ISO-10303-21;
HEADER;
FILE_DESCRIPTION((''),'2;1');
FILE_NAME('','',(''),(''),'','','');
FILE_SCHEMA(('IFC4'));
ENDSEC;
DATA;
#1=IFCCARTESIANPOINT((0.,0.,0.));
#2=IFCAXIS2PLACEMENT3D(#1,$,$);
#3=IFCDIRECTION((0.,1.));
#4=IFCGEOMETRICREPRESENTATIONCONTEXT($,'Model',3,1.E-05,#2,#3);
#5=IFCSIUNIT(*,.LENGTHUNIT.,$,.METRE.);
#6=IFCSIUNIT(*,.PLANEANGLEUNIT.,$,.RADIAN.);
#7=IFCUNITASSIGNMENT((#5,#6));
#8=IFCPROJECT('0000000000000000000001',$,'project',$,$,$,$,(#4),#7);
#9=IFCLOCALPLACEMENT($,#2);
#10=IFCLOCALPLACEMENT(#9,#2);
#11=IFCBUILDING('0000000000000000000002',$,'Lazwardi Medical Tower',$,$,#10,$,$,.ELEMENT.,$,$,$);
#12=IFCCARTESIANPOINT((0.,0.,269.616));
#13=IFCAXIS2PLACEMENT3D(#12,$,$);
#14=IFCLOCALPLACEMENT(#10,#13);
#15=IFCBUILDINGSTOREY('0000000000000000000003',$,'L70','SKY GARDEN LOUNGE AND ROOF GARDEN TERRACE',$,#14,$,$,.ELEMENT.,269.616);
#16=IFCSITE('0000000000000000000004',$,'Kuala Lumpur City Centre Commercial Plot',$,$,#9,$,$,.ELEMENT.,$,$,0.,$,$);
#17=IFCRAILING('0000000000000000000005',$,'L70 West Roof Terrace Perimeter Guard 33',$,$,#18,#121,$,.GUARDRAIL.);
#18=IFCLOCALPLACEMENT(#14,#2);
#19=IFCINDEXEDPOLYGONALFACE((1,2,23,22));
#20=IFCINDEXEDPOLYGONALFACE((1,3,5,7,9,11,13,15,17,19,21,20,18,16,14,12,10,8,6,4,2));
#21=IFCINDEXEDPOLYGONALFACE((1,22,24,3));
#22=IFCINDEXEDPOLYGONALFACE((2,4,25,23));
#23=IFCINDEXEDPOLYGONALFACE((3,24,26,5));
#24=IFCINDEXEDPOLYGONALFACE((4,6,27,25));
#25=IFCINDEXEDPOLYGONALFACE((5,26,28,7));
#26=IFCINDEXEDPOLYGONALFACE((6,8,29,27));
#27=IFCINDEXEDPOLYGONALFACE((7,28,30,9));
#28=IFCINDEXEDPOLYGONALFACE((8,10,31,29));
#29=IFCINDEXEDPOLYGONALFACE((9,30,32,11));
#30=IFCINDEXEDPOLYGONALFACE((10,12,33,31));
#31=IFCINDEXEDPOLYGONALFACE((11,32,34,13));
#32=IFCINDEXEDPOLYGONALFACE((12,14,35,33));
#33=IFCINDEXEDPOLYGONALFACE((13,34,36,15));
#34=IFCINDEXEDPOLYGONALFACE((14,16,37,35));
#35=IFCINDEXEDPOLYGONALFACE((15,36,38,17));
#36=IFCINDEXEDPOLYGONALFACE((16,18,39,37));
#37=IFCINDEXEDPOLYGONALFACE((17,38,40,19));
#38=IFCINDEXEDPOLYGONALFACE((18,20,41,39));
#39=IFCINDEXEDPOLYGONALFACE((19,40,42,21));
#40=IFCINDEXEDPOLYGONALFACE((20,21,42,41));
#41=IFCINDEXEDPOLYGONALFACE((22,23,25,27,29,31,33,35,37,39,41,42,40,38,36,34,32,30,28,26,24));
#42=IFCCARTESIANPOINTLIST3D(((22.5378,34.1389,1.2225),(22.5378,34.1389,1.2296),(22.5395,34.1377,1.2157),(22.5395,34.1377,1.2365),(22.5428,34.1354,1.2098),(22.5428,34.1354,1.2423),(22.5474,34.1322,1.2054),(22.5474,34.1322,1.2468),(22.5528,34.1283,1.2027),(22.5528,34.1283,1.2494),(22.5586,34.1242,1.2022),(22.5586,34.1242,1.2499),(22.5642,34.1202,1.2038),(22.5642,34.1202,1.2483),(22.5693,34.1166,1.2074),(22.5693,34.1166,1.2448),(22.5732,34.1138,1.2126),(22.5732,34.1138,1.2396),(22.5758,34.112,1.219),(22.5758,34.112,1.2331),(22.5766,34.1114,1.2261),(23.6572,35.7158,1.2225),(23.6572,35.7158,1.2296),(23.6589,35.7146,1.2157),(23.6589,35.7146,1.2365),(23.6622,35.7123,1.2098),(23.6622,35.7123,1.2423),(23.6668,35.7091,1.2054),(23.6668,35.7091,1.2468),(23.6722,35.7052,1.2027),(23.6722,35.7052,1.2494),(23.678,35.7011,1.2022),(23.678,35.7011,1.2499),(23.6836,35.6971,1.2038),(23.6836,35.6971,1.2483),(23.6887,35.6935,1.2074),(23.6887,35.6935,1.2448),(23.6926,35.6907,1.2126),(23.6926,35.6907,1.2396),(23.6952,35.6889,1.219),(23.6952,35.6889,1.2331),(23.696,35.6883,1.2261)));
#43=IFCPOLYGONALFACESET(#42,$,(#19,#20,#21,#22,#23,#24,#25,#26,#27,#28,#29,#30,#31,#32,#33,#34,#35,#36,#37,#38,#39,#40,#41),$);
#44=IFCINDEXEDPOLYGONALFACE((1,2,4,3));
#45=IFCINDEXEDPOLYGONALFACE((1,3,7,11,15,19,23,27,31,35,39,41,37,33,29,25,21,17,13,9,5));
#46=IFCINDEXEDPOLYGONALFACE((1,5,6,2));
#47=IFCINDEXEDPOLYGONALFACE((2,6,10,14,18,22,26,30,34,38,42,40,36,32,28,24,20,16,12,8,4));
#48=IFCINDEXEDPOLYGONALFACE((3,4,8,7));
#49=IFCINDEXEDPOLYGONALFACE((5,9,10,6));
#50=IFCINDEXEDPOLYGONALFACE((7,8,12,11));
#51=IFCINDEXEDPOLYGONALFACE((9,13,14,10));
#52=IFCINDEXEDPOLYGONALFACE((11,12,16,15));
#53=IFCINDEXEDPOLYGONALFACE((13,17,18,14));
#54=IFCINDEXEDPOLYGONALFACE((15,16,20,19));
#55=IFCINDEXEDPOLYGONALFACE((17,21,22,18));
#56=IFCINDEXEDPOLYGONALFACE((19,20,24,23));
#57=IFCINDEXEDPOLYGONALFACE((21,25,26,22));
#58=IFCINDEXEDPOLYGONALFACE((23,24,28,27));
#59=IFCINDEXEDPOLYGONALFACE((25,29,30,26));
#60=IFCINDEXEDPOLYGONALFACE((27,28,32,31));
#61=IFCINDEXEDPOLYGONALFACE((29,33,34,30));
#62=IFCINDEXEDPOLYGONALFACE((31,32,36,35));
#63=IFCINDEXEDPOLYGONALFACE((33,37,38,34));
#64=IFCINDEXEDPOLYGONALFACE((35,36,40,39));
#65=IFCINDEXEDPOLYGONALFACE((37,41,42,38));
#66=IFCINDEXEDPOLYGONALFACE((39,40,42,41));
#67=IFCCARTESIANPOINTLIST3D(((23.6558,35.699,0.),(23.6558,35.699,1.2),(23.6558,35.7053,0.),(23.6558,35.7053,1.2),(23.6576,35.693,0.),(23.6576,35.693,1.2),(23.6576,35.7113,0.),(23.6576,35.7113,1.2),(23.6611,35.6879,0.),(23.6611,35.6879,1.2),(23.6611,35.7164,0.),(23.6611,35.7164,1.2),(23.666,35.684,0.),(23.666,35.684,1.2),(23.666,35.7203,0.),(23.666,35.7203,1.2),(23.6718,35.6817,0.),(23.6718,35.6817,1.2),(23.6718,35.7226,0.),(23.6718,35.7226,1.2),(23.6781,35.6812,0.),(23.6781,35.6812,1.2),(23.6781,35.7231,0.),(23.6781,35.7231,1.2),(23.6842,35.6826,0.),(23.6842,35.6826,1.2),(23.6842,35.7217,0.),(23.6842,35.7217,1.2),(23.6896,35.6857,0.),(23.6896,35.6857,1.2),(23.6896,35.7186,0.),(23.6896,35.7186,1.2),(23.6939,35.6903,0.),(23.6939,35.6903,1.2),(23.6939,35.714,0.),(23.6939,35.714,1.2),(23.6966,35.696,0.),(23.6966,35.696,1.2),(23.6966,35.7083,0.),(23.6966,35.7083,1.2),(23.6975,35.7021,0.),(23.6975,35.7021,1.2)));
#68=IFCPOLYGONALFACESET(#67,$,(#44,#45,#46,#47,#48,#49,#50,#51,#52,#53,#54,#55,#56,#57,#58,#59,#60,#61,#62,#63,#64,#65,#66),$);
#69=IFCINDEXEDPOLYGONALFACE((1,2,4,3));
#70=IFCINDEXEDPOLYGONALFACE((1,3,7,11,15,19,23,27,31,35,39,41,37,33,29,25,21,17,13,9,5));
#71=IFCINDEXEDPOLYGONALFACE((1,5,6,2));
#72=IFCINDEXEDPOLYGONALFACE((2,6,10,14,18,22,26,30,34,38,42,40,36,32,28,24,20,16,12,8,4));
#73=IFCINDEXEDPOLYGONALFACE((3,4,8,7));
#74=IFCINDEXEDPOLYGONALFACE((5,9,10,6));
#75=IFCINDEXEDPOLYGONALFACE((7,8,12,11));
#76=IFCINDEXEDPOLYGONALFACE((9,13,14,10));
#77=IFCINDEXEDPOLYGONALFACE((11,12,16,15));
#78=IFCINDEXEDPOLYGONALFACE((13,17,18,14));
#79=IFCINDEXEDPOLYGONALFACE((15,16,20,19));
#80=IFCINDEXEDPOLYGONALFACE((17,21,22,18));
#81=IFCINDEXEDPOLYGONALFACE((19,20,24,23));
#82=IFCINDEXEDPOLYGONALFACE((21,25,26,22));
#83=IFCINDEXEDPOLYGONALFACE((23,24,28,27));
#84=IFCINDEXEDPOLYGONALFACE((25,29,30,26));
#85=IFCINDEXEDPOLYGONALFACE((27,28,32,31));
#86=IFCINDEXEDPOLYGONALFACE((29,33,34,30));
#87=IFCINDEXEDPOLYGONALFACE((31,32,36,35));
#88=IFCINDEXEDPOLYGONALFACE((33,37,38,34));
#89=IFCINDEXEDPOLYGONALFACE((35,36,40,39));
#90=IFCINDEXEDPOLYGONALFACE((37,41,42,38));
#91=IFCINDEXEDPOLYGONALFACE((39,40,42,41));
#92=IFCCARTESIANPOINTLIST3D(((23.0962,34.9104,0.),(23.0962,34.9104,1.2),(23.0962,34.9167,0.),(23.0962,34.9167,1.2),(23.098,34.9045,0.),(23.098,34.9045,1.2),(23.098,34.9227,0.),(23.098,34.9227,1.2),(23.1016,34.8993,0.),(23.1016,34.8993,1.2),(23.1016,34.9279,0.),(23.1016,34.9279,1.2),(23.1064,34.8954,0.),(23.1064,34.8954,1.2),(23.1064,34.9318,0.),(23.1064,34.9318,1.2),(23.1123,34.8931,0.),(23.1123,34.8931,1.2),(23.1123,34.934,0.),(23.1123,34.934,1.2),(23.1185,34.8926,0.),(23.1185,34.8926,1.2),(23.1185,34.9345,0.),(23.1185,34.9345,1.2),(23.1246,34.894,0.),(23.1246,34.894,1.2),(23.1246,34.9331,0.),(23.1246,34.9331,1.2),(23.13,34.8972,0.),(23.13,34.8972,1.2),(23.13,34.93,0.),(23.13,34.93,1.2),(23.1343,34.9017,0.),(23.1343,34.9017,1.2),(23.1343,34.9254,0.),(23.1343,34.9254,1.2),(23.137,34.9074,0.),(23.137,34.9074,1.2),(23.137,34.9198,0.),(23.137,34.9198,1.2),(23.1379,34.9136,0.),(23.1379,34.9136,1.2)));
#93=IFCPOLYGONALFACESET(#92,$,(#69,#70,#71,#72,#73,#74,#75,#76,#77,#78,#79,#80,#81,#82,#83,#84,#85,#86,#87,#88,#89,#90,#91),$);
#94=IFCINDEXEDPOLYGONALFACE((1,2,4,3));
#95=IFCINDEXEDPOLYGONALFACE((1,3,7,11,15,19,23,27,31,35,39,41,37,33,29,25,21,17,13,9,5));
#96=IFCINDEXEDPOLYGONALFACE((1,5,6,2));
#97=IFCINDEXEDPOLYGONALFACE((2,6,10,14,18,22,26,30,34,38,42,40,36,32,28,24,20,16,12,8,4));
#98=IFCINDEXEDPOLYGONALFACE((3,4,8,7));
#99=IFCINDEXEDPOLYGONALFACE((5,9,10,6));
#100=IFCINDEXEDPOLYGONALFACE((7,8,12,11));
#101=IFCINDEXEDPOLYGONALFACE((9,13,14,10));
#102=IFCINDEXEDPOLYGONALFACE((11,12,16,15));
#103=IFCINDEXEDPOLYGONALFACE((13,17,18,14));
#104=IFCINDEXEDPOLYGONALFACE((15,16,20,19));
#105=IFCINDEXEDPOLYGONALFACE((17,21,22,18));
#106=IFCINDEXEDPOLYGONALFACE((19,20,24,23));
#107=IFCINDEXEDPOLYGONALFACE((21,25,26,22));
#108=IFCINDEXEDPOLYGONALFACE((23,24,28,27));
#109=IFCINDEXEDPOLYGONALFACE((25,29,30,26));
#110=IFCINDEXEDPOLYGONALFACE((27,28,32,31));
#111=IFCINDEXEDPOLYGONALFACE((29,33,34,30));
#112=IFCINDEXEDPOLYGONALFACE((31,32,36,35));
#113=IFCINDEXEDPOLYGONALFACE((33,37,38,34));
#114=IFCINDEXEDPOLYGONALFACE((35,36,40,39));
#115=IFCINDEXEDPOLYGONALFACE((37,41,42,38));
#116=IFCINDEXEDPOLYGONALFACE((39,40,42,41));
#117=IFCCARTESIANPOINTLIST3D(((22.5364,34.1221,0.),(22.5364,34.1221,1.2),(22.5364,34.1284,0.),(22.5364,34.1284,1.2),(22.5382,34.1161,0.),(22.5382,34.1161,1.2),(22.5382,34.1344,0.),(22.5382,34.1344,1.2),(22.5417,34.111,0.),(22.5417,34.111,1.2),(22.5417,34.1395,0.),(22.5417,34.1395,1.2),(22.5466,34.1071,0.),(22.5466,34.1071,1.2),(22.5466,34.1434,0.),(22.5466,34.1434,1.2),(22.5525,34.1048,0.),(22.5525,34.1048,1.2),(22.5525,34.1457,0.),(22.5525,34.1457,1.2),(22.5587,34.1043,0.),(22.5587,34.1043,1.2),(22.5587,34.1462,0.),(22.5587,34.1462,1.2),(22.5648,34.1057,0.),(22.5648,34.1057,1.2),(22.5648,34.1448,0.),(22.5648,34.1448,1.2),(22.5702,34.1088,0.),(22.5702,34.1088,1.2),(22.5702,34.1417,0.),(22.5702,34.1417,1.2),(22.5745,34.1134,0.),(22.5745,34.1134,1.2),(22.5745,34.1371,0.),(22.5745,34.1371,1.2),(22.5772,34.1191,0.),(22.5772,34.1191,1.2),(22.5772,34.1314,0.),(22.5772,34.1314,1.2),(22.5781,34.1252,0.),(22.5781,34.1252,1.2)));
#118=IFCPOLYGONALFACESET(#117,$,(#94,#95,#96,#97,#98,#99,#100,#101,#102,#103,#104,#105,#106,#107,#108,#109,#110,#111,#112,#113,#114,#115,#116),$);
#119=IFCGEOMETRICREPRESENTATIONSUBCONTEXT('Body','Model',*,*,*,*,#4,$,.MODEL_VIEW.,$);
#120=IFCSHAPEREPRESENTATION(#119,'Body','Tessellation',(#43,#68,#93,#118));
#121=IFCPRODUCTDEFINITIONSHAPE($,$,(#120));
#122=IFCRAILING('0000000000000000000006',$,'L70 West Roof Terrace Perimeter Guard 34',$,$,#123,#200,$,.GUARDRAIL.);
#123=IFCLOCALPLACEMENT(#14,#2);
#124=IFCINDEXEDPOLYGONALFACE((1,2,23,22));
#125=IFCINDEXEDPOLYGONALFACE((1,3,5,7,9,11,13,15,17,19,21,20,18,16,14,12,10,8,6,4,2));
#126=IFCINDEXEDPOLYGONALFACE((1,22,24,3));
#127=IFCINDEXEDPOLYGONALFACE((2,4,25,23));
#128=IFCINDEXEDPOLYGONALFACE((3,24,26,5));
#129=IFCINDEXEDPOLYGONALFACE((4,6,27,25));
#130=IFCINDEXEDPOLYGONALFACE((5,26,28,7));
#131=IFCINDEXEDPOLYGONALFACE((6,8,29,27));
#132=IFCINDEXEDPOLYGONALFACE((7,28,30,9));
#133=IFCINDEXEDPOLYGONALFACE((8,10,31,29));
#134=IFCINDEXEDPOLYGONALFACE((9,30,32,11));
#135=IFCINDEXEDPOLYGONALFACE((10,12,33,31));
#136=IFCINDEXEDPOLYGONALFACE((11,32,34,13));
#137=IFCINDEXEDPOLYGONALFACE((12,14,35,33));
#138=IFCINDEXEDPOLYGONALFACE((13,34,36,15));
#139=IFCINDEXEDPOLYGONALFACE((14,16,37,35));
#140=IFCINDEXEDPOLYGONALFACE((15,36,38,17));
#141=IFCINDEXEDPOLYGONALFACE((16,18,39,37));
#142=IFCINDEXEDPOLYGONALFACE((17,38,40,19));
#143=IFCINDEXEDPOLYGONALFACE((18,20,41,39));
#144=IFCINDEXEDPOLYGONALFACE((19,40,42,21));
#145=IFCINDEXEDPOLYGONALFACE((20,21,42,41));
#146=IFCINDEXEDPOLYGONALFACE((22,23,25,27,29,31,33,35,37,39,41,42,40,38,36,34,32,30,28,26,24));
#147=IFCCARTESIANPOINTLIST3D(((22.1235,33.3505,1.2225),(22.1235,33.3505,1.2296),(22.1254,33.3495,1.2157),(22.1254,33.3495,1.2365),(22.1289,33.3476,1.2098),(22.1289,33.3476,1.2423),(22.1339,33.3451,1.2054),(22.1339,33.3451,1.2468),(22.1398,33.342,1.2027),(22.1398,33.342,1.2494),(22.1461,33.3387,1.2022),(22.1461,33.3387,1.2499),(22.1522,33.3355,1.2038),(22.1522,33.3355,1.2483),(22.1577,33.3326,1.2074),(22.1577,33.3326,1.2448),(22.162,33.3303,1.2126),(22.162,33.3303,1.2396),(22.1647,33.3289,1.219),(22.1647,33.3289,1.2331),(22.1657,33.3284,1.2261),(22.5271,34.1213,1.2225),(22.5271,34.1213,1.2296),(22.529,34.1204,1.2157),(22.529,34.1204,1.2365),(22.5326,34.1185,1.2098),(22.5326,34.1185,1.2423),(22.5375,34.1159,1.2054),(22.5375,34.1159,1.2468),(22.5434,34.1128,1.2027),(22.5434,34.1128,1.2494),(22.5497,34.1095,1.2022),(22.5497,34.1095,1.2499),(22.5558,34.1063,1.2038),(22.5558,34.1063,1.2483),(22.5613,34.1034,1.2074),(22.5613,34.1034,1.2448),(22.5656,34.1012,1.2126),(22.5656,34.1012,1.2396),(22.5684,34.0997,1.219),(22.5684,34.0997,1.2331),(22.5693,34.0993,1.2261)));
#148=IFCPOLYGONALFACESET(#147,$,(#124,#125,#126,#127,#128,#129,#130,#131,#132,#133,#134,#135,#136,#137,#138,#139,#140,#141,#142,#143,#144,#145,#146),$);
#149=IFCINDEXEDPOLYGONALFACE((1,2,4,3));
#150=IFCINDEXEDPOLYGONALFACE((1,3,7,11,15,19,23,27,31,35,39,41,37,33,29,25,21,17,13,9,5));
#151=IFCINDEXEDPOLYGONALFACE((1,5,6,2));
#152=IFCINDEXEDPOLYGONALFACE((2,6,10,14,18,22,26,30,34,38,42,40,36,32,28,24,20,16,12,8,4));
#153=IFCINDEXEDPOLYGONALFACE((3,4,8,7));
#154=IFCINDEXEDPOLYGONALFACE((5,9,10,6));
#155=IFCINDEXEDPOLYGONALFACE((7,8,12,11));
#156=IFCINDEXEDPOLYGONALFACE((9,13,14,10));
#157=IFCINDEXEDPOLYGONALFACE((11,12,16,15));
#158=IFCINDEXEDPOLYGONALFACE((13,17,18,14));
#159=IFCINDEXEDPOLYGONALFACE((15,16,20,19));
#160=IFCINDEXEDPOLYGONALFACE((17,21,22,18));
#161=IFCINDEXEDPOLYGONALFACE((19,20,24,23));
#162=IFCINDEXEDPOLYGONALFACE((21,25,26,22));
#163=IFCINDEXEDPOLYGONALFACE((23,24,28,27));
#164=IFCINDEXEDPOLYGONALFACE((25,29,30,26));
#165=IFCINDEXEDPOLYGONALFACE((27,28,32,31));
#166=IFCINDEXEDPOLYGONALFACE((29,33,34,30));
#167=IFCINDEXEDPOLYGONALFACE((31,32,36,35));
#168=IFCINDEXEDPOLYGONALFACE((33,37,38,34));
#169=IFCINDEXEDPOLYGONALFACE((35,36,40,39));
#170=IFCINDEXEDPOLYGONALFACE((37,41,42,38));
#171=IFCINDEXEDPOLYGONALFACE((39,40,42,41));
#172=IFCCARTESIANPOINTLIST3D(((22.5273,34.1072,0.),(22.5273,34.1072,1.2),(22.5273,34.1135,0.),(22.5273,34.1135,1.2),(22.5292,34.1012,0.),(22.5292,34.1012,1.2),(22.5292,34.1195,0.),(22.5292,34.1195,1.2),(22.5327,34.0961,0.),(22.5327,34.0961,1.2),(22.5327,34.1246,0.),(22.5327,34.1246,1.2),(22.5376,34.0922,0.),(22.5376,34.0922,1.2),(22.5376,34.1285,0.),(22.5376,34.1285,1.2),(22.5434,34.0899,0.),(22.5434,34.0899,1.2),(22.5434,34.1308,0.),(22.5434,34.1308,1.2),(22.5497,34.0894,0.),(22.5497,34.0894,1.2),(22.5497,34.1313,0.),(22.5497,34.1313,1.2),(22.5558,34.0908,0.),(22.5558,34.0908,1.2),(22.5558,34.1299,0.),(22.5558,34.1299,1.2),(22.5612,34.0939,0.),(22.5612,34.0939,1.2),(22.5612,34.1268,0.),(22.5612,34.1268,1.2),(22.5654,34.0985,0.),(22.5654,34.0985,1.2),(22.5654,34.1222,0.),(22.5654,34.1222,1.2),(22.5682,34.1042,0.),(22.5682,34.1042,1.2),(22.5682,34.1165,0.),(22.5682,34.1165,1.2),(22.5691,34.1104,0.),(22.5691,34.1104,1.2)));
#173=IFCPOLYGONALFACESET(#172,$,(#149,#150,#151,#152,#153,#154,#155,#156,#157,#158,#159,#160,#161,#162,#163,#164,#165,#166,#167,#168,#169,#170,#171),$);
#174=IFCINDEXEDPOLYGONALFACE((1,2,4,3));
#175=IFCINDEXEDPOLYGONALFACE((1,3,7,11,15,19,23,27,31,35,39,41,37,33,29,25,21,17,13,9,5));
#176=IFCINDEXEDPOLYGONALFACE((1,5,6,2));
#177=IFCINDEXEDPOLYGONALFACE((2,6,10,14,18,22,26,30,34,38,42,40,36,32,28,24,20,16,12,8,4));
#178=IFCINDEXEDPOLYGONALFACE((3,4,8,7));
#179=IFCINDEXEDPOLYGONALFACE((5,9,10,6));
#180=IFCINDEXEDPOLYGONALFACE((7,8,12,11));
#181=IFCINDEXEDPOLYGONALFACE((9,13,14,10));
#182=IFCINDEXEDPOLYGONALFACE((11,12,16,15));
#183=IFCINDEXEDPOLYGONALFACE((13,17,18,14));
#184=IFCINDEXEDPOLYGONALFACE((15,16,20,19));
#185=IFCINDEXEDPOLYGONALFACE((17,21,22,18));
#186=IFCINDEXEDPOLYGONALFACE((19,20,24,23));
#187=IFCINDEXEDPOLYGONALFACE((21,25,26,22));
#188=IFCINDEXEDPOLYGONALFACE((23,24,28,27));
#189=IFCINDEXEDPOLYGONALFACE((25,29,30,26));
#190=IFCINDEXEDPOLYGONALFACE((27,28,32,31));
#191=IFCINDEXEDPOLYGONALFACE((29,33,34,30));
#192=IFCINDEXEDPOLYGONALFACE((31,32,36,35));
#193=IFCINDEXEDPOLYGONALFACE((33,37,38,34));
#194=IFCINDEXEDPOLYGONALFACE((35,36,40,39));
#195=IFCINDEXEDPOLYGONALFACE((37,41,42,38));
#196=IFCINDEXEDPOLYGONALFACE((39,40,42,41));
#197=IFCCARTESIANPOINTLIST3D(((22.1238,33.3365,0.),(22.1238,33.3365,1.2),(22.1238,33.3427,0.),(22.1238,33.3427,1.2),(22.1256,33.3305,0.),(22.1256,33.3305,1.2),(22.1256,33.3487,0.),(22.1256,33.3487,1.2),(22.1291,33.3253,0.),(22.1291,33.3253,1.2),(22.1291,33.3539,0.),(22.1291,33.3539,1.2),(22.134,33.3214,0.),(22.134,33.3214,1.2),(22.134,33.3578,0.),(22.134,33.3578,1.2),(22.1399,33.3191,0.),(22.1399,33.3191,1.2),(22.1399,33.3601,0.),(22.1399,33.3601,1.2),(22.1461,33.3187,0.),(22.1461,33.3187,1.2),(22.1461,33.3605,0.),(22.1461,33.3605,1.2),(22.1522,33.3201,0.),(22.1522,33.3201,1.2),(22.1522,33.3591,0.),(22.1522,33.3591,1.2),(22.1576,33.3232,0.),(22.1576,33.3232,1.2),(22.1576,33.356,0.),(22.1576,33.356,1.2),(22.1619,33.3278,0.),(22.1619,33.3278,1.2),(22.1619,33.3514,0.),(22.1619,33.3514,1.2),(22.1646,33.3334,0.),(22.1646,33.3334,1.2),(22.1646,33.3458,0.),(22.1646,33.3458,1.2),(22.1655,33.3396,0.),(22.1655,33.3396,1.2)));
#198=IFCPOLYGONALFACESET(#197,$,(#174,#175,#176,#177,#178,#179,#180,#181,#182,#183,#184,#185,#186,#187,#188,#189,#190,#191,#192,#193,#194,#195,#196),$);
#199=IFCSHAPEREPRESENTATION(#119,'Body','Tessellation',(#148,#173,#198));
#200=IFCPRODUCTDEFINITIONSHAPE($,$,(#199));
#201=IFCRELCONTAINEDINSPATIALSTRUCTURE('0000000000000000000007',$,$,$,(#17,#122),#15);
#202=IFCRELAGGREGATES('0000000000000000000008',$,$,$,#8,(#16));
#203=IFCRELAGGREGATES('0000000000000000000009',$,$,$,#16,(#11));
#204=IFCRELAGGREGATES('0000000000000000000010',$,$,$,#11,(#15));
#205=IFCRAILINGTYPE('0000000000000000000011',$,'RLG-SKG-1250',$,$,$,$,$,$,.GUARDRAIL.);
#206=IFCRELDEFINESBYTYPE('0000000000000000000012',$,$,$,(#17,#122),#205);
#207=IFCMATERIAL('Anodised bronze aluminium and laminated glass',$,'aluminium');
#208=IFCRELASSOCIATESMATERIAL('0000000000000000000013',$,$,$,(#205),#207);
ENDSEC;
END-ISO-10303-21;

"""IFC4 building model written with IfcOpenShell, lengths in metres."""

from ifc_helpers import new_model, si_unit, direction, frame, origin, origin_2d, place, context, subcontext, project, spatial, circle, extrude, material, type_object, element, save


model = new_model("IFC4")

# Units and contexts
model_context = context("Model", 3, precision=1e-05, world=origin(), true_north=direction((0.0, 1.0)))
body_context = subcontext(model_context, "Body", "Model", "MODEL_VIEW")
ifc_project = project(units=[si_unit("LENGTHUNIT", "METRE"), si_unit("PLANEANGLEUNIT", "RADIAN")], contexts=[model_context])

# Site, building, storey
site_placement = place(None, origin())
site = spatial("IfcSite", under=ifc_project, at=site_placement, Name="Kuala Lumpur City Centre Commercial Plot", CompositionType="ELEMENT", RefElevation=0.0)
building_placement = place(site_placement, origin())
building = spatial("IfcBuilding", under=site, at=building_placement, Name="Lazwardi Medical Tower", CompositionType="ELEMENT")
storey_placement = place(building_placement, frame((0.0, 0.0, 269.616)))
storey = spatial("IfcBuildingStorey", under=building, at=storey_placement, Name="L70", Description="SKY GARDEN LOUNGE AND ROOF GARDEN TERRACE", CompositionType="ELEMENT", Elevation=269.616)

# Shared definitions
ifc_material_1 = material(Name="Anodised bronze aluminium and laminated glass", Category="aluminium")

# Railings
railing_type = type_object("IfcRailingType", Name="RLG-SKG-1250", PredefinedType="GUARDRAIL", material=ifc_material_1)
railing_1_placement = place(storey_placement, frame((23.6765, 35.7021, 0.0)))
element("IfcRailing", 1, at=railing_1_placement, inside=storey, type_object=railing_type, Name="L70 West Roof Terrace Perimeter Guard 33", PredefinedType="GUARDRAIL", context=body_context, shape_type="SweptSolid", body=[
    extrude(circle(Radius=0.0239, at=origin_2d()), frame((0.0, 0.0, 1.2261), z_axis=(-0.578847, -0.815436, 0.0), x_axis=(0.815436, -0.578847, 0.0)), (0.0, 0.0, 1.0), 1.9338),
    extrude(circle(Radius=0.021, at=origin_2d()), origin(), (0.0, 0.0, 1.0), 1.2),
    extrude(circle(Radius=0.021, at=origin_2d()), frame((-0.5596, -0.7886, 0.0)), (0.0, 0.0, 1.0), 1.2),
    extrude(circle(Radius=0.021, at=origin_2d()), frame((-1.1194, -1.5769, 0.0)), (0.0, 0.0, 1.0), 1.2),
])
railing_2_placement = place(storey_placement, frame((22.5481, 34.1104, 0.0)))
element("IfcRailing", 2, at=railing_2_placement, inside=storey, type_object=railing_type, Name="L70 West Roof Terrace Perimeter Guard 34", PredefinedType="GUARDRAIL", context=body_context, shape_type="SweptSolid", body=[
    extrude(circle(Radius=0.0239, at=origin_2d()), frame((0.0, 0.0, 1.2261), z_axis=(-0.46386, -0.885908, 0.0), x_axis=(0.885908, -0.46386, 0.0)), (0.0, 0.0, 1.0), 0.8701),
    extrude(circle(Radius=0.021, at=origin_2d()), origin(), (0.0, 0.0, 1.0), 1.2),
    extrude(circle(Radius=0.021, at=origin_2d()), frame((-0.4036, -0.7708, 0.0)), (0.0, 0.0, 1.0), 1.2),
])

save(model, "model.ifc")
